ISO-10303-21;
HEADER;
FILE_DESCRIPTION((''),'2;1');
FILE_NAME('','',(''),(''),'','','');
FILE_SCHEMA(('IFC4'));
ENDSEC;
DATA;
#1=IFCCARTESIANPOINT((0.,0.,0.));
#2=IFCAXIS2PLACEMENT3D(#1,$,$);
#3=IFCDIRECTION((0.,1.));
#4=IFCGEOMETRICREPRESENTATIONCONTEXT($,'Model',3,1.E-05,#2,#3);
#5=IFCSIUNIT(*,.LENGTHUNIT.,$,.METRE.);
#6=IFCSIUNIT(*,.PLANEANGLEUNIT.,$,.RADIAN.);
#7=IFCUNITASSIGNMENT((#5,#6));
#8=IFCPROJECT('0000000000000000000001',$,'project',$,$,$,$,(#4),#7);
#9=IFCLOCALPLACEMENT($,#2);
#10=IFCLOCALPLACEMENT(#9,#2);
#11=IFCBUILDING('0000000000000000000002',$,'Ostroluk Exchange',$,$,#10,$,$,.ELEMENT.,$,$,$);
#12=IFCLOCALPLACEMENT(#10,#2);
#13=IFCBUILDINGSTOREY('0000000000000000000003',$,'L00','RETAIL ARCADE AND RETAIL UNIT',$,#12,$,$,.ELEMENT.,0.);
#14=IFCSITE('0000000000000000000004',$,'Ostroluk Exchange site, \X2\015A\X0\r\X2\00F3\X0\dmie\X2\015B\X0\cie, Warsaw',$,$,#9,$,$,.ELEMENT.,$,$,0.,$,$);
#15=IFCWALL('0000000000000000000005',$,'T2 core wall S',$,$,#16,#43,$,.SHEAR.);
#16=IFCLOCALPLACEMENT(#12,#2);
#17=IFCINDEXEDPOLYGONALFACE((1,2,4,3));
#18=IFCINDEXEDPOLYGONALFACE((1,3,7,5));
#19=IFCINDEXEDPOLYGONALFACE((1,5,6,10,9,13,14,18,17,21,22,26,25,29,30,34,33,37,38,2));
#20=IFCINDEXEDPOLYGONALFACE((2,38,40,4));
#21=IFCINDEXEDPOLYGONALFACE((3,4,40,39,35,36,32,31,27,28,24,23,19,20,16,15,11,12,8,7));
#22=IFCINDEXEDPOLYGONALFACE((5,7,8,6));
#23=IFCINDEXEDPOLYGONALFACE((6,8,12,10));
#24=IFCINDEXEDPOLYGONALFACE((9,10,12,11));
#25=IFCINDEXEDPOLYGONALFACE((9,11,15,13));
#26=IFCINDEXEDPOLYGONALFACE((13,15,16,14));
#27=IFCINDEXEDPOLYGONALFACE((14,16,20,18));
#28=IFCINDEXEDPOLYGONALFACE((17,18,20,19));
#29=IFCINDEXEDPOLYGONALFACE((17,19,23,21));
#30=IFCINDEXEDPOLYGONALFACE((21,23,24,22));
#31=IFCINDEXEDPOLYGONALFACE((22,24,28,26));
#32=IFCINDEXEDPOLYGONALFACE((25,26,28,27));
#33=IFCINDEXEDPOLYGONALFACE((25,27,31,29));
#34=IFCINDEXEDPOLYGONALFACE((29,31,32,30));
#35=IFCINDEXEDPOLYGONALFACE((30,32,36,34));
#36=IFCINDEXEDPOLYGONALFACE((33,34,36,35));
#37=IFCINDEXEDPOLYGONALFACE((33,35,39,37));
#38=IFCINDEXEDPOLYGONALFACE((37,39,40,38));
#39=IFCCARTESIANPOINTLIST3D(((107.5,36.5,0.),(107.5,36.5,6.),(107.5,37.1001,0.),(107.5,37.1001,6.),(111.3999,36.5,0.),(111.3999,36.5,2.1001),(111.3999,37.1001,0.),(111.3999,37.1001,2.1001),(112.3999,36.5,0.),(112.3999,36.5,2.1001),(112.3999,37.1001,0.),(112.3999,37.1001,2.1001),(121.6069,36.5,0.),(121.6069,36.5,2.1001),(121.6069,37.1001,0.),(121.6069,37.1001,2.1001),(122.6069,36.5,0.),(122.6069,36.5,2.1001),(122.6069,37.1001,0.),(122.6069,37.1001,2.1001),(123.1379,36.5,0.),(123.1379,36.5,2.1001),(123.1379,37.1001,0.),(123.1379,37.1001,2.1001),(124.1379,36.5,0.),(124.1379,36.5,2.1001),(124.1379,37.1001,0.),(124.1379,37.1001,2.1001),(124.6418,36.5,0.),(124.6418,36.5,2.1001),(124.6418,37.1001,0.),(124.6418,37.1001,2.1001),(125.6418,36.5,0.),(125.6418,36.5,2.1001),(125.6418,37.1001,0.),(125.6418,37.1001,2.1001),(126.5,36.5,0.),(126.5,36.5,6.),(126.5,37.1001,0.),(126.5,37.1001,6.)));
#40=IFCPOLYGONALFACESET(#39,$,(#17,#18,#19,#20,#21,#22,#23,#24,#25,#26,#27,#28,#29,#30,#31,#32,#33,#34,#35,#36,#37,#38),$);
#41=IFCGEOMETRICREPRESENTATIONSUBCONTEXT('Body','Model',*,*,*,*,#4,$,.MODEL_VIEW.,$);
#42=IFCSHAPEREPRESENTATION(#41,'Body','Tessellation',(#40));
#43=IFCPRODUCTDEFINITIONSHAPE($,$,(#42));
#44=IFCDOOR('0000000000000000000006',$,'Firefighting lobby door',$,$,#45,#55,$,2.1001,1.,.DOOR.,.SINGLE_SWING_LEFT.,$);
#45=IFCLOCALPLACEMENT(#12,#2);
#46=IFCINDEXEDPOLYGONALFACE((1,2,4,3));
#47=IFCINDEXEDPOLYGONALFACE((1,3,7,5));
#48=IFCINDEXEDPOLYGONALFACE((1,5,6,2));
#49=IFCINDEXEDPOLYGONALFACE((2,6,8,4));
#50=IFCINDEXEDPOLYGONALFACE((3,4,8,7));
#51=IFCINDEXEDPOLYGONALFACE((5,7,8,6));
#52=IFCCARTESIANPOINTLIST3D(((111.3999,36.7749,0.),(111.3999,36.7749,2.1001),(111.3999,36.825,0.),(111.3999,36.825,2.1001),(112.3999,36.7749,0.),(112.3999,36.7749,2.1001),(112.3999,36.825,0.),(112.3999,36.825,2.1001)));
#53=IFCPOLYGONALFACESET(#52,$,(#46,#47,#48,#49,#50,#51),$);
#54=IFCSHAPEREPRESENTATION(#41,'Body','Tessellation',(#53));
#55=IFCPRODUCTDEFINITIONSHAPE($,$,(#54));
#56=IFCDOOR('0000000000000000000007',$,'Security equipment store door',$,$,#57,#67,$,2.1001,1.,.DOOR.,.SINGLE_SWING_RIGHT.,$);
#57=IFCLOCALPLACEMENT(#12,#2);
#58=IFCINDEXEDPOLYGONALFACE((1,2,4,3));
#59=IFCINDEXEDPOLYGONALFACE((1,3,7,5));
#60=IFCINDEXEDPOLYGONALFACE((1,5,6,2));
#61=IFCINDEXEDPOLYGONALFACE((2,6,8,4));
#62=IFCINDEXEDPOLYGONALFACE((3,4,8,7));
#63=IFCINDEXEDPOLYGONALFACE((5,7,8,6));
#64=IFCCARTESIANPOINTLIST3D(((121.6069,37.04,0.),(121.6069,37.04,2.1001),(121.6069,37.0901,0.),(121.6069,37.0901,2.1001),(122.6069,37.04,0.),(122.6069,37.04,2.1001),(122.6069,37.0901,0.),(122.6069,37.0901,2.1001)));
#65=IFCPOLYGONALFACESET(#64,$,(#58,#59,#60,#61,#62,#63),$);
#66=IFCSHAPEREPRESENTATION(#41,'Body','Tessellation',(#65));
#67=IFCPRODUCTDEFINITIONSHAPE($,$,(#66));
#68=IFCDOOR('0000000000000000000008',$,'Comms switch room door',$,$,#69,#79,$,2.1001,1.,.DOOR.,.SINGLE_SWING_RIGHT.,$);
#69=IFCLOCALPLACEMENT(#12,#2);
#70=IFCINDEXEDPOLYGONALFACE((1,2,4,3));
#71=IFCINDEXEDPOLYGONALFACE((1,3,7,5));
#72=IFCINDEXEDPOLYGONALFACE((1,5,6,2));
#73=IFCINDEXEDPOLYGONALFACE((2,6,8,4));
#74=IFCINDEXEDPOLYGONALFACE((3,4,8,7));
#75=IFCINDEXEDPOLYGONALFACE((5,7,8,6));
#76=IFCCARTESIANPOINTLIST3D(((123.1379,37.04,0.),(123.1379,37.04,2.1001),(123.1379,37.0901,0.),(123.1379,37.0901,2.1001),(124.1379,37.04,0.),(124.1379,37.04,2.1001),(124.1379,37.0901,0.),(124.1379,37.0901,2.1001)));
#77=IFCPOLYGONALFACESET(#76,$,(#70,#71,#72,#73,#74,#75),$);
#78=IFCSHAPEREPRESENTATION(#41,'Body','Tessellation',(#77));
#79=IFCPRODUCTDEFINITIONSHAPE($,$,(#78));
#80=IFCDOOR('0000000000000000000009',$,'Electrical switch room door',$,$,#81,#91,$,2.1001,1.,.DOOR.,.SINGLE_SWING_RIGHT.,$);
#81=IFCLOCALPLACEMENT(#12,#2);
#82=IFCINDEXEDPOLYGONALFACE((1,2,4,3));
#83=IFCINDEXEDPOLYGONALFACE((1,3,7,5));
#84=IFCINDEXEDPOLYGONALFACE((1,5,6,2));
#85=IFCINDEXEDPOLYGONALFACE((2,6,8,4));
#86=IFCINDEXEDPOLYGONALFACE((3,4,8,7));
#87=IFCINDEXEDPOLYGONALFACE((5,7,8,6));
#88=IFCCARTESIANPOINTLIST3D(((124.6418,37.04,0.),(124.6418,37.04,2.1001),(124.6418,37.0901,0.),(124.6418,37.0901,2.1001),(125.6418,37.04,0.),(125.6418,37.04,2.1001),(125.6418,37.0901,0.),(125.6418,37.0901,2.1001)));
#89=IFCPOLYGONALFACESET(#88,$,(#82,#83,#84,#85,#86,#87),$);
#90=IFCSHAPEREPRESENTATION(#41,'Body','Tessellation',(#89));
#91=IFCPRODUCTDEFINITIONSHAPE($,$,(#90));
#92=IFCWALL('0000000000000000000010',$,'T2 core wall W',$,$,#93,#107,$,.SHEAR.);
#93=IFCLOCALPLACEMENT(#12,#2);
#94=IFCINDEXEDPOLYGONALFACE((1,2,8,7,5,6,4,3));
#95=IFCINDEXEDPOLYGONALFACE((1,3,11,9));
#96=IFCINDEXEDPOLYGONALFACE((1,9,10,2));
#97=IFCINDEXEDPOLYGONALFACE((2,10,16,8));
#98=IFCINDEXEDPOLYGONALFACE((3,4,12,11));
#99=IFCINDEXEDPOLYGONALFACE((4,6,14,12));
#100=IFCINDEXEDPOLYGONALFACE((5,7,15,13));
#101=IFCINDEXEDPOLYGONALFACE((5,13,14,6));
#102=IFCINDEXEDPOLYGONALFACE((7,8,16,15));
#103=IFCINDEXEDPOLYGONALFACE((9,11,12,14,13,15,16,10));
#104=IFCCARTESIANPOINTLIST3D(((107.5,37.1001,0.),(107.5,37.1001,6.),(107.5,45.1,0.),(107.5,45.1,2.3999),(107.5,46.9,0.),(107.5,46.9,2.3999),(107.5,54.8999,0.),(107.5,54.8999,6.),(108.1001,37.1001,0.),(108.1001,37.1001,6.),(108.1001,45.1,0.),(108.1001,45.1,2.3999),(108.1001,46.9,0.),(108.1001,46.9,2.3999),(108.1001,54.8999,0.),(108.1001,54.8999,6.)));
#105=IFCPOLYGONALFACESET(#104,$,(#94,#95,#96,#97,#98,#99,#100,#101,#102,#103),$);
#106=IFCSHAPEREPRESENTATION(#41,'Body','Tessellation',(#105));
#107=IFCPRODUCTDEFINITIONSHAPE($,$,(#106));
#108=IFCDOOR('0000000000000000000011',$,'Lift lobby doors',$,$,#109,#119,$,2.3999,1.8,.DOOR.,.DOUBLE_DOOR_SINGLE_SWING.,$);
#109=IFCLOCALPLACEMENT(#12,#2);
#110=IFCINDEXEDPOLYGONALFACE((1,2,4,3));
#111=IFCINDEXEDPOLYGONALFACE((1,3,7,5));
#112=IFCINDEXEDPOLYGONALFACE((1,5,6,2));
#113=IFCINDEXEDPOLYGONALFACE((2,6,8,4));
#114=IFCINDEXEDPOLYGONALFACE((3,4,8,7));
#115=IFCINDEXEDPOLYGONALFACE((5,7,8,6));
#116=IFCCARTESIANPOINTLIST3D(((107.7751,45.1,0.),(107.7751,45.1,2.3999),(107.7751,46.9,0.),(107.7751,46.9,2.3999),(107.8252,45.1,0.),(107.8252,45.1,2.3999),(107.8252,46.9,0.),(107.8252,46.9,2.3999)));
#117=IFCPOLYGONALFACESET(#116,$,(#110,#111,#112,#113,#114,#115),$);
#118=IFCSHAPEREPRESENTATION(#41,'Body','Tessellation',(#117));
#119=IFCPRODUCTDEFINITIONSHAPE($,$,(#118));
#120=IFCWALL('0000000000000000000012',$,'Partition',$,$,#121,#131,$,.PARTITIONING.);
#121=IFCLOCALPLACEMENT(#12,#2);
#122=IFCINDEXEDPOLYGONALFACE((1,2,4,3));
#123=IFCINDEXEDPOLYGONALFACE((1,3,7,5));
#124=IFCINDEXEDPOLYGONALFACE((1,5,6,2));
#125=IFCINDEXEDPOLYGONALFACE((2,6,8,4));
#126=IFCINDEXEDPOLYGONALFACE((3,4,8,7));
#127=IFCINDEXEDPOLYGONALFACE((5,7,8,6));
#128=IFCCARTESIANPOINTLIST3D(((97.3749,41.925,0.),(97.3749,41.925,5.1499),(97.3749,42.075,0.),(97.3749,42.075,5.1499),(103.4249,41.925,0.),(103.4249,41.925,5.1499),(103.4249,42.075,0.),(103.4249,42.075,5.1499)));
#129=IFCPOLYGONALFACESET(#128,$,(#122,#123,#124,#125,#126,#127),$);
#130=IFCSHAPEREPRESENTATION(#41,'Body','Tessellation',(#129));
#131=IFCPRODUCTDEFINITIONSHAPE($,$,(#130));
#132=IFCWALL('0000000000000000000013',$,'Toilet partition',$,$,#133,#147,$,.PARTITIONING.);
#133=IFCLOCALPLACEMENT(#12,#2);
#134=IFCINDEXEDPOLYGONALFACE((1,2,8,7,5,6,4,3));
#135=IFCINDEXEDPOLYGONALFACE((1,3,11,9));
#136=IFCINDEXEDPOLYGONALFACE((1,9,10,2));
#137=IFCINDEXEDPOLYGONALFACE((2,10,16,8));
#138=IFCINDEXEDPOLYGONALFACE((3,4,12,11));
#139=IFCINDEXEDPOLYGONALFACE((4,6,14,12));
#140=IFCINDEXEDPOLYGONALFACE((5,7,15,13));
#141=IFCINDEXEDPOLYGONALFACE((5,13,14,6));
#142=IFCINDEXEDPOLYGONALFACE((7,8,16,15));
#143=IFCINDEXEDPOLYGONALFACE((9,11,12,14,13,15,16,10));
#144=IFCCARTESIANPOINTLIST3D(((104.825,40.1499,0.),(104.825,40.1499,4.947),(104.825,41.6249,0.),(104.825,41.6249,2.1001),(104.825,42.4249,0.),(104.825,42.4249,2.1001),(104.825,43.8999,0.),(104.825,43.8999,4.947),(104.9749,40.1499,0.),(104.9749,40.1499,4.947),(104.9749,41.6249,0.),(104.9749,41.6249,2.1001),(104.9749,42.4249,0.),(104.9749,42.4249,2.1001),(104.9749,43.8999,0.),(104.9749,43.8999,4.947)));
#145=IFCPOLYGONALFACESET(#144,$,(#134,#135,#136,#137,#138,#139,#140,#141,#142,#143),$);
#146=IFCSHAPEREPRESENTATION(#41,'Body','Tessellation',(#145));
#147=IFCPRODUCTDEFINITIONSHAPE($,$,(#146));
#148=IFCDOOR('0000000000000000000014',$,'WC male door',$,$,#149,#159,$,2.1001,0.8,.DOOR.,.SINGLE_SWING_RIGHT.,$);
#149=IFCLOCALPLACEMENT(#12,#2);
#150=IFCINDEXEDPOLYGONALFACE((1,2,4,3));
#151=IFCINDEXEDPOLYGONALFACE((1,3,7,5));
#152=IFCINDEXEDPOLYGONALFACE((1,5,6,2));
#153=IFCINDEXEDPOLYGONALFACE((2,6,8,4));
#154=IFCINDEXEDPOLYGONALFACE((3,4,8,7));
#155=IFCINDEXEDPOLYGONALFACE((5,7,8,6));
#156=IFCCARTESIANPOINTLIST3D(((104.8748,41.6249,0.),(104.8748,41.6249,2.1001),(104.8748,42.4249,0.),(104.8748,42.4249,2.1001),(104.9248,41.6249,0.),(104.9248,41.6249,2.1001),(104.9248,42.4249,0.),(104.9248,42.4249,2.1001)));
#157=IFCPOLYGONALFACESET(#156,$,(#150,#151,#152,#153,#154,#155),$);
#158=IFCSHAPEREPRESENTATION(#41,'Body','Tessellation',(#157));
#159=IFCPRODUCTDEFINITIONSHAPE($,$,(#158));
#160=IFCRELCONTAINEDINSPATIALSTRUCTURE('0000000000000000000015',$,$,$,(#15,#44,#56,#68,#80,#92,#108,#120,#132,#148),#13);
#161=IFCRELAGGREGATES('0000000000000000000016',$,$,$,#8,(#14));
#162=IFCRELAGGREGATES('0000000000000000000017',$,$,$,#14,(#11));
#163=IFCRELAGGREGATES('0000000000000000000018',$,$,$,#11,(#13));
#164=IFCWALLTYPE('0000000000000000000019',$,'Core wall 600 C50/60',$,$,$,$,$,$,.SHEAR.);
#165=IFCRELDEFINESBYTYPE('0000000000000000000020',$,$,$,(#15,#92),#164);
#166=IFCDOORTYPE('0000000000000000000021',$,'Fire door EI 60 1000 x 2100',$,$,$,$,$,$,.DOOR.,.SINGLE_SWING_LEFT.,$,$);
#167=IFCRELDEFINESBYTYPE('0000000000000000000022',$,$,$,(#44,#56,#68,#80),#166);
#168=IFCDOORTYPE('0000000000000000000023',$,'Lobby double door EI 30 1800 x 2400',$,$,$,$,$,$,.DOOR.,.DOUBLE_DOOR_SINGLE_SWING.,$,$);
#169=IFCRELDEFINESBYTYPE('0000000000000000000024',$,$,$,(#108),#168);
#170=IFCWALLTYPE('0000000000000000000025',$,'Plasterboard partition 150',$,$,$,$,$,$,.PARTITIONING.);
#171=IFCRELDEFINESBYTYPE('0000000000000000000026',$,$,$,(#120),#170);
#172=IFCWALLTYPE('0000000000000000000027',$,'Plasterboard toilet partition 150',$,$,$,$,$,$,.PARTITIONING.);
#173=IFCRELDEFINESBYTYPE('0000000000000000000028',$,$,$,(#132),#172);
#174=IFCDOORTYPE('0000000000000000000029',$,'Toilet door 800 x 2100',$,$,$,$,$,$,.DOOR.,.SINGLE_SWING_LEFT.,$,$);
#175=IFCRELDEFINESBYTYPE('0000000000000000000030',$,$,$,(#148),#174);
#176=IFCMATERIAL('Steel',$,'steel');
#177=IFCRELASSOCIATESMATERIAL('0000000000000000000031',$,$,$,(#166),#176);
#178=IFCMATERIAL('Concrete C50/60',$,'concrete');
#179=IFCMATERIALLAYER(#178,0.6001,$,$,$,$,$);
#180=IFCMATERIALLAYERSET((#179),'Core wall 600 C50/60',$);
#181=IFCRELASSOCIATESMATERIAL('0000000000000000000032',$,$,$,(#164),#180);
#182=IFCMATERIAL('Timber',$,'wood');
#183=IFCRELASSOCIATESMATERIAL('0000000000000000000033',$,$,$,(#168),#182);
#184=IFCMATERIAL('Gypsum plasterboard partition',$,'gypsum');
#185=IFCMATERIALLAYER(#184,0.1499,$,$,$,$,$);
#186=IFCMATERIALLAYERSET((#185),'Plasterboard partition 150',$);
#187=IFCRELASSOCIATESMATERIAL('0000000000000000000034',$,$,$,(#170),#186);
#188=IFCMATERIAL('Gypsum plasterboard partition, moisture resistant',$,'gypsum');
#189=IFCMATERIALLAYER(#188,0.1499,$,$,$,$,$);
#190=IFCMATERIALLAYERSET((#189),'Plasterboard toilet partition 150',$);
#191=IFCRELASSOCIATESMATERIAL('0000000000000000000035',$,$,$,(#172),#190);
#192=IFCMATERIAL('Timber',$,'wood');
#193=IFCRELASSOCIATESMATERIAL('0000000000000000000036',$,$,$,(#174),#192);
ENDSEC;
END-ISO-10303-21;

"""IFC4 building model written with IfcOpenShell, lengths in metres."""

from ifc_helpers import new_model, si_unit, direction, frame, frame_2d, origin, place, context, subcontext, project, spatial, rectangle, extrude, material, layer, layer_set, type_object, element, fill, save


model = new_model("IFC4")

# Units and contexts
model_context = context("Model", 3, precision=1e-05, world=origin(), true_north=direction((0.0, 1.0)))
body_context = subcontext(model_context, "Body", "Model", "MODEL_VIEW")
ifc_project = project(units=[si_unit("LENGTHUNIT", "METRE"), si_unit("PLANEANGLEUNIT", "RADIAN")], contexts=[model_context])

# Site, building, storey
site_placement = place(None, origin())
site = spatial("IfcSite", under=ifc_project, at=site_placement, Name="Ostroluk Exchange site, Śródmieście, Warsaw", CompositionType="ELEMENT", RefElevation=0.0)
building_placement = place(site_placement, origin())
building = spatial("IfcBuilding", under=site, at=building_placement, Name="Ostroluk Exchange", CompositionType="ELEMENT")
storey_placement = place(building_placement, origin())
storey = spatial("IfcBuildingStorey", under=building, at=storey_placement, Name="L00", Description="RETAIL ARCADE AND RETAIL UNIT", CompositionType="ELEMENT", Elevation=0.0)

# Wall, openings, doors
ifc_material_1 = material(Name="Steel", Category="steel")
door_type_1 = type_object("IfcDoorType", Name="Fire door EI 60 1000 x 2100", OperationType="SINGLE_SWING_LEFT", PredefinedType="DOOR", material=ifc_material_1)
ifc_material_2 = material(Name="Concrete C50/60", Category="concrete")
ifc_layer_1 = layer(ifc_material_2, 0.6001)
ifc_layer_set_1 = layer_set([ifc_layer_1], Name="Core wall 600 C50/60")
wall_type_1 = type_object("IfcWallType", Name="Core wall 600 C50/60", PredefinedType="SHEAR", material=ifc_layer_set_1)
wall_1_placement = place(storey_placement, frame((107.5, 36.8, 0.0), z_axis=(0.0, 0.0, 1.0), x_axis=(1.0, 0.0, 0.0)))
wall_1 = element("IfcWall", 1, at=wall_1_placement, inside=storey, type_object=wall_type_1, Name="T2 core wall S", PredefinedType="SHEAR", context=body_context, shape_type="SweptSolid", body=[
    extrude(rectangle(XDim=19.0, YDim=0.6001, at=frame_2d((9.5, 0.0))), origin(), (0.0, 0.0, 1.0), 6.0),
])
opening_1_placement = place(wall_1_placement, frame((3.8999, 0.0, 0.0)))
opening_1 = element("IfcOpeningElement", 2, at=opening_1_placement, cuts=wall_1, PredefinedType="OPENING", context=body_context, shape_type="SweptSolid", body=[
    extrude(rectangle(XDim=1.0, YDim=2.1001, at=frame_2d((0.5, 1.05))), frame((0.0, 0.3101, 0.0), z_axis=(0.0, -1.0, 0.0), x_axis=(1.0, 0.0, 0.0)), (0.0, 0.0, 1.0), 0.6201),
])
opening_2_placement = place(wall_1_placement, frame((14.1069, 0.0, 0.0)))
opening_2 = element("IfcOpeningElement", 3, at=opening_2_placement, cuts=wall_1, PredefinedType="OPENING", context=body_context, shape_type="SweptSolid", body=[
    extrude(rectangle(XDim=1.0, YDim=2.1001, at=frame_2d((0.5, 1.05))), frame((0.0, 0.3101, 0.0), z_axis=(0.0, -1.0, 0.0), x_axis=(1.0, 0.0, 0.0)), (0.0, 0.0, 1.0), 0.6201),
])
opening_3_placement = place(wall_1_placement, frame((15.6379, 0.0, 0.0)))
opening_3 = element("IfcOpeningElement", 4, at=opening_3_placement, cuts=wall_1, PredefinedType="OPENING", context=body_context, shape_type="SweptSolid", body=[
    extrude(rectangle(XDim=1.0, YDim=2.1001, at=frame_2d((0.5, 1.05))), frame((0.0, 0.3101, 0.0), z_axis=(0.0, -1.0, 0.0), x_axis=(1.0, 0.0, 0.0)), (0.0, 0.0, 1.0), 0.6201),
])
opening_4_placement = place(wall_1_placement, frame((17.1418, 0.0, 0.0)))
opening_4 = element("IfcOpeningElement", 5, at=opening_4_placement, cuts=wall_1, PredefinedType="OPENING", context=body_context, shape_type="SweptSolid", body=[
    extrude(rectangle(XDim=1.0, YDim=2.1001, at=frame_2d((0.5, 1.05))), frame((0.0, 0.3101, 0.0), z_axis=(0.0, -1.0, 0.0), x_axis=(1.0, 0.0, 0.0)), (0.0, 0.0, 1.0), 0.6201),
])
door_1_placement = place(opening_1_placement, origin())
door_1 = element("IfcDoor", 6, at=door_1_placement, inside=storey, type_object=door_type_1, Name="Firefighting lobby door", OperationType="SINGLE_SWING_LEFT", OverallHeight=2.1001, OverallWidth=1.0, PredefinedType="DOOR", context=body_context, shape_type="SweptSolid", body=[
    extrude(rectangle(XDim=1.0, YDim=2.1001, at=frame_2d((0.5, 1.05))), frame((0.0, 0.0249, 0.0), z_axis=(0.0, -1.0, 0.0), x_axis=(1.0, 0.0, 0.0)), (0.0, 0.0, 1.0), 0.05),
])
fill(opening_1, door_1)
door_2_placement = place(opening_2_placement, origin())
door_2 = element("IfcDoor", 7, at=door_2_placement, inside=storey, type_object=door_type_1, Name="Security equipment store door", OperationType="SINGLE_SWING_RIGHT", OverallHeight=2.1001, OverallWidth=1.0, PredefinedType="DOOR", context=body_context, shape_type="SweptSolid", body=[
    extrude(rectangle(XDim=1.0, YDim=2.1001, at=frame_2d((0.5, 1.05))), frame((0.0, 0.29, 0.0), z_axis=(0.0, -1.0, 0.0), x_axis=(1.0, 0.0, 0.0)), (0.0, 0.0, 1.0), 0.05),
])
fill(opening_2, door_2)
door_3_placement = place(opening_3_placement, origin())
door_3 = element("IfcDoor", 8, at=door_3_placement, inside=storey, type_object=door_type_1, Name="Comms switch room door", OperationType="SINGLE_SWING_RIGHT", OverallHeight=2.1001, OverallWidth=1.0, PredefinedType="DOOR", context=body_context, shape_type="SweptSolid", body=[
    extrude(rectangle(XDim=1.0, YDim=2.1001, at=frame_2d((0.5, 1.05))), frame((0.0, 0.29, 0.0), z_axis=(0.0, -1.0, 0.0), x_axis=(1.0, 0.0, 0.0)), (0.0, 0.0, 1.0), 0.05),
])
fill(opening_3, door_3)
door_4_placement = place(opening_4_placement, origin())
door_4 = element("IfcDoor", 9, at=door_4_placement, inside=storey, type_object=door_type_1, Name="Electrical switch room door", OperationType="SINGLE_SWING_RIGHT", OverallHeight=2.1001, OverallWidth=1.0, PredefinedType="DOOR", context=body_context, shape_type="SweptSolid", body=[
    extrude(rectangle(XDim=1.0, YDim=2.1001, at=frame_2d((0.5, 1.05))), frame((0.0, 0.29, 0.0), z_axis=(0.0, -1.0, 0.0), x_axis=(1.0, 0.0, 0.0)), (0.0, 0.0, 1.0), 0.05),
])
fill(opening_4, door_4)

# Wall, opening, door
wall_2_placement = place(storey_placement, frame((107.8, 37.1001, 0.0), z_axis=(0.0, 0.0, 1.0), x_axis=(0.0, 1.0, 0.0)))
wall_2 = element("IfcWall", 10, at=wall_2_placement, inside=storey, type_object=wall_type_1, Name="T2 core wall W", PredefinedType="SHEAR", context=body_context, shape_type="SweptSolid", body=[
    extrude(rectangle(XDim=17.7998, YDim=0.6001, at=frame_2d((8.8999, 0.0))), origin(), (0.0, 0.0, 1.0), 6.0),
])
opening_5_placement = place(wall_2_placement, frame((8.0, 0.0, 0.0)))
opening_5 = element("IfcOpeningElement", 11, at=opening_5_placement, cuts=wall_2, PredefinedType="OPENING", context=body_context, shape_type="SweptSolid", body=[
    extrude(rectangle(XDim=1.8, YDim=2.3999, at=frame_2d((0.8999, 1.2))), frame((0.0, 0.3101, 0.0), z_axis=(0.0, -1.0, 0.0), x_axis=(1.0, 0.0, 0.0)), (0.0, 0.0, 1.0), 0.6201),
])
ifc_material_3 = material(Name="Timber", Category="wood")
door_type_2 = type_object("IfcDoorType", Name="Lobby double door EI 30 1800 x 2400", OperationType="DOUBLE_DOOR_SINGLE_SWING", PredefinedType="DOOR", material=ifc_material_3)
door_5_placement = place(opening_5_placement, origin())
door_5 = element("IfcDoor", 12, at=door_5_placement, inside=storey, type_object=door_type_2, Name="Lift lobby doors", OperationType="DOUBLE_DOOR_SINGLE_SWING", OverallHeight=2.3999, OverallWidth=1.8, PredefinedType="DOOR", context=body_context, shape_type="SweptSolid", body=[
    extrude(rectangle(XDim=1.8, YDim=2.3999, at=frame_2d((0.8999, 1.2))), frame((0.0, 0.0249, 0.0), z_axis=(0.0, -1.0, 0.0), x_axis=(1.0, 0.0, 0.0)), (0.0, 0.0, 1.0), 0.05),
])
fill(opening_5, door_5)

# Wall
ifc_material_4 = material(Name="Gypsum plasterboard partition", Category="gypsum")
ifc_layer_2 = layer(ifc_material_4, 0.1499)
ifc_layer_set_2 = layer_set([ifc_layer_2], Name="Plasterboard partition 150")
wall_type_2 = type_object("IfcWallType", Name="Plasterboard partition 150", PredefinedType="PARTITIONING", material=ifc_layer_set_2)
wall_3_placement = place(storey_placement, frame((97.375, 42.0, 0.0), z_axis=(0.0, 0.0, 1.0), x_axis=(1.0, 0.0, 0.0)))
element("IfcWall", 13, at=wall_3_placement, inside=storey, type_object=wall_type_2, Name="Partition", PredefinedType="PARTITIONING", context=body_context, shape_type="SweptSolid", body=[
    extrude(rectangle(XDim=6.05, YDim=0.1499, at=frame_2d((3.0249, 0.0))), origin(), (0.0, 0.0, 1.0), 5.1499),
])

# Wall, opening, door
ifc_material_5 = material(Name="Gypsum plasterboard partition, moisture resistant", Category="gypsum")
ifc_layer_3 = layer(ifc_material_5, 0.1499)
ifc_layer_set_3 = layer_set([ifc_layer_3], Name="Plasterboard toilet partition 150")
wall_type_3 = type_object("IfcWallType", Name="Plasterboard toilet partition 150", PredefinedType="PARTITIONING", material=ifc_layer_set_3)
wall_4_placement = place(storey_placement, frame((104.8999, 43.8999, 0.0), z_axis=(0.0, 0.0, 1.0), x_axis=(0.0, -1.0, 0.0)))
wall_4 = element("IfcWall", 14, at=wall_4_placement, inside=storey, type_object=wall_type_3, Name="Toilet partition", PredefinedType="PARTITIONING", context=body_context, shape_type="SweptSolid", body=[
    extrude(rectangle(XDim=3.75, YDim=0.1499, at=frame_2d((1.875, 0.0))), origin(), (0.0, 0.0, 1.0), 4.947),
])
opening_6_placement = place(wall_4_placement, frame((1.4751, 0.0, 0.0)))
opening_6 = element("IfcOpeningElement", 15, at=opening_6_placement, cuts=wall_4, PredefinedType="OPENING", context=body_context, shape_type="SweptSolid", body=[
    extrude(rectangle(XDim=0.8, YDim=2.1001, at=frame_2d((0.3999, 1.05))), frame((0.0, 0.085, 0.0), z_axis=(0.0, -1.0, 0.0), x_axis=(1.0, 0.0, 0.0)), (0.0, 0.0, 1.0), 0.1699),
])
ifc_material_6 = material(Name="Timber", Category="wood")
door_type_3 = type_object("IfcDoorType", Name="Toilet door 800 x 2100", OperationType="SINGLE_SWING_LEFT", PredefinedType="DOOR", material=ifc_material_6)
door_6_placement = place(opening_6_placement, origin())
door_6 = element("IfcDoor", 16, at=door_6_placement, inside=storey, type_object=door_type_3, Name="WC male door", OperationType="SINGLE_SWING_RIGHT", OverallHeight=2.1001, OverallWidth=0.8, PredefinedType="DOOR", context=body_context, shape_type="SweptSolid", body=[
    extrude(rectangle(XDim=0.8, YDim=2.1001, at=frame_2d((0.3999, 1.05))), frame((0.0, 0.0249, 0.0), z_axis=(0.0, -1.0, 0.0), x_axis=(1.0, 0.0, 0.0)), (0.0, 0.0, 1.0), 0.05),
])
fill(opening_6, door_6)

save(model, "model.ifc")
